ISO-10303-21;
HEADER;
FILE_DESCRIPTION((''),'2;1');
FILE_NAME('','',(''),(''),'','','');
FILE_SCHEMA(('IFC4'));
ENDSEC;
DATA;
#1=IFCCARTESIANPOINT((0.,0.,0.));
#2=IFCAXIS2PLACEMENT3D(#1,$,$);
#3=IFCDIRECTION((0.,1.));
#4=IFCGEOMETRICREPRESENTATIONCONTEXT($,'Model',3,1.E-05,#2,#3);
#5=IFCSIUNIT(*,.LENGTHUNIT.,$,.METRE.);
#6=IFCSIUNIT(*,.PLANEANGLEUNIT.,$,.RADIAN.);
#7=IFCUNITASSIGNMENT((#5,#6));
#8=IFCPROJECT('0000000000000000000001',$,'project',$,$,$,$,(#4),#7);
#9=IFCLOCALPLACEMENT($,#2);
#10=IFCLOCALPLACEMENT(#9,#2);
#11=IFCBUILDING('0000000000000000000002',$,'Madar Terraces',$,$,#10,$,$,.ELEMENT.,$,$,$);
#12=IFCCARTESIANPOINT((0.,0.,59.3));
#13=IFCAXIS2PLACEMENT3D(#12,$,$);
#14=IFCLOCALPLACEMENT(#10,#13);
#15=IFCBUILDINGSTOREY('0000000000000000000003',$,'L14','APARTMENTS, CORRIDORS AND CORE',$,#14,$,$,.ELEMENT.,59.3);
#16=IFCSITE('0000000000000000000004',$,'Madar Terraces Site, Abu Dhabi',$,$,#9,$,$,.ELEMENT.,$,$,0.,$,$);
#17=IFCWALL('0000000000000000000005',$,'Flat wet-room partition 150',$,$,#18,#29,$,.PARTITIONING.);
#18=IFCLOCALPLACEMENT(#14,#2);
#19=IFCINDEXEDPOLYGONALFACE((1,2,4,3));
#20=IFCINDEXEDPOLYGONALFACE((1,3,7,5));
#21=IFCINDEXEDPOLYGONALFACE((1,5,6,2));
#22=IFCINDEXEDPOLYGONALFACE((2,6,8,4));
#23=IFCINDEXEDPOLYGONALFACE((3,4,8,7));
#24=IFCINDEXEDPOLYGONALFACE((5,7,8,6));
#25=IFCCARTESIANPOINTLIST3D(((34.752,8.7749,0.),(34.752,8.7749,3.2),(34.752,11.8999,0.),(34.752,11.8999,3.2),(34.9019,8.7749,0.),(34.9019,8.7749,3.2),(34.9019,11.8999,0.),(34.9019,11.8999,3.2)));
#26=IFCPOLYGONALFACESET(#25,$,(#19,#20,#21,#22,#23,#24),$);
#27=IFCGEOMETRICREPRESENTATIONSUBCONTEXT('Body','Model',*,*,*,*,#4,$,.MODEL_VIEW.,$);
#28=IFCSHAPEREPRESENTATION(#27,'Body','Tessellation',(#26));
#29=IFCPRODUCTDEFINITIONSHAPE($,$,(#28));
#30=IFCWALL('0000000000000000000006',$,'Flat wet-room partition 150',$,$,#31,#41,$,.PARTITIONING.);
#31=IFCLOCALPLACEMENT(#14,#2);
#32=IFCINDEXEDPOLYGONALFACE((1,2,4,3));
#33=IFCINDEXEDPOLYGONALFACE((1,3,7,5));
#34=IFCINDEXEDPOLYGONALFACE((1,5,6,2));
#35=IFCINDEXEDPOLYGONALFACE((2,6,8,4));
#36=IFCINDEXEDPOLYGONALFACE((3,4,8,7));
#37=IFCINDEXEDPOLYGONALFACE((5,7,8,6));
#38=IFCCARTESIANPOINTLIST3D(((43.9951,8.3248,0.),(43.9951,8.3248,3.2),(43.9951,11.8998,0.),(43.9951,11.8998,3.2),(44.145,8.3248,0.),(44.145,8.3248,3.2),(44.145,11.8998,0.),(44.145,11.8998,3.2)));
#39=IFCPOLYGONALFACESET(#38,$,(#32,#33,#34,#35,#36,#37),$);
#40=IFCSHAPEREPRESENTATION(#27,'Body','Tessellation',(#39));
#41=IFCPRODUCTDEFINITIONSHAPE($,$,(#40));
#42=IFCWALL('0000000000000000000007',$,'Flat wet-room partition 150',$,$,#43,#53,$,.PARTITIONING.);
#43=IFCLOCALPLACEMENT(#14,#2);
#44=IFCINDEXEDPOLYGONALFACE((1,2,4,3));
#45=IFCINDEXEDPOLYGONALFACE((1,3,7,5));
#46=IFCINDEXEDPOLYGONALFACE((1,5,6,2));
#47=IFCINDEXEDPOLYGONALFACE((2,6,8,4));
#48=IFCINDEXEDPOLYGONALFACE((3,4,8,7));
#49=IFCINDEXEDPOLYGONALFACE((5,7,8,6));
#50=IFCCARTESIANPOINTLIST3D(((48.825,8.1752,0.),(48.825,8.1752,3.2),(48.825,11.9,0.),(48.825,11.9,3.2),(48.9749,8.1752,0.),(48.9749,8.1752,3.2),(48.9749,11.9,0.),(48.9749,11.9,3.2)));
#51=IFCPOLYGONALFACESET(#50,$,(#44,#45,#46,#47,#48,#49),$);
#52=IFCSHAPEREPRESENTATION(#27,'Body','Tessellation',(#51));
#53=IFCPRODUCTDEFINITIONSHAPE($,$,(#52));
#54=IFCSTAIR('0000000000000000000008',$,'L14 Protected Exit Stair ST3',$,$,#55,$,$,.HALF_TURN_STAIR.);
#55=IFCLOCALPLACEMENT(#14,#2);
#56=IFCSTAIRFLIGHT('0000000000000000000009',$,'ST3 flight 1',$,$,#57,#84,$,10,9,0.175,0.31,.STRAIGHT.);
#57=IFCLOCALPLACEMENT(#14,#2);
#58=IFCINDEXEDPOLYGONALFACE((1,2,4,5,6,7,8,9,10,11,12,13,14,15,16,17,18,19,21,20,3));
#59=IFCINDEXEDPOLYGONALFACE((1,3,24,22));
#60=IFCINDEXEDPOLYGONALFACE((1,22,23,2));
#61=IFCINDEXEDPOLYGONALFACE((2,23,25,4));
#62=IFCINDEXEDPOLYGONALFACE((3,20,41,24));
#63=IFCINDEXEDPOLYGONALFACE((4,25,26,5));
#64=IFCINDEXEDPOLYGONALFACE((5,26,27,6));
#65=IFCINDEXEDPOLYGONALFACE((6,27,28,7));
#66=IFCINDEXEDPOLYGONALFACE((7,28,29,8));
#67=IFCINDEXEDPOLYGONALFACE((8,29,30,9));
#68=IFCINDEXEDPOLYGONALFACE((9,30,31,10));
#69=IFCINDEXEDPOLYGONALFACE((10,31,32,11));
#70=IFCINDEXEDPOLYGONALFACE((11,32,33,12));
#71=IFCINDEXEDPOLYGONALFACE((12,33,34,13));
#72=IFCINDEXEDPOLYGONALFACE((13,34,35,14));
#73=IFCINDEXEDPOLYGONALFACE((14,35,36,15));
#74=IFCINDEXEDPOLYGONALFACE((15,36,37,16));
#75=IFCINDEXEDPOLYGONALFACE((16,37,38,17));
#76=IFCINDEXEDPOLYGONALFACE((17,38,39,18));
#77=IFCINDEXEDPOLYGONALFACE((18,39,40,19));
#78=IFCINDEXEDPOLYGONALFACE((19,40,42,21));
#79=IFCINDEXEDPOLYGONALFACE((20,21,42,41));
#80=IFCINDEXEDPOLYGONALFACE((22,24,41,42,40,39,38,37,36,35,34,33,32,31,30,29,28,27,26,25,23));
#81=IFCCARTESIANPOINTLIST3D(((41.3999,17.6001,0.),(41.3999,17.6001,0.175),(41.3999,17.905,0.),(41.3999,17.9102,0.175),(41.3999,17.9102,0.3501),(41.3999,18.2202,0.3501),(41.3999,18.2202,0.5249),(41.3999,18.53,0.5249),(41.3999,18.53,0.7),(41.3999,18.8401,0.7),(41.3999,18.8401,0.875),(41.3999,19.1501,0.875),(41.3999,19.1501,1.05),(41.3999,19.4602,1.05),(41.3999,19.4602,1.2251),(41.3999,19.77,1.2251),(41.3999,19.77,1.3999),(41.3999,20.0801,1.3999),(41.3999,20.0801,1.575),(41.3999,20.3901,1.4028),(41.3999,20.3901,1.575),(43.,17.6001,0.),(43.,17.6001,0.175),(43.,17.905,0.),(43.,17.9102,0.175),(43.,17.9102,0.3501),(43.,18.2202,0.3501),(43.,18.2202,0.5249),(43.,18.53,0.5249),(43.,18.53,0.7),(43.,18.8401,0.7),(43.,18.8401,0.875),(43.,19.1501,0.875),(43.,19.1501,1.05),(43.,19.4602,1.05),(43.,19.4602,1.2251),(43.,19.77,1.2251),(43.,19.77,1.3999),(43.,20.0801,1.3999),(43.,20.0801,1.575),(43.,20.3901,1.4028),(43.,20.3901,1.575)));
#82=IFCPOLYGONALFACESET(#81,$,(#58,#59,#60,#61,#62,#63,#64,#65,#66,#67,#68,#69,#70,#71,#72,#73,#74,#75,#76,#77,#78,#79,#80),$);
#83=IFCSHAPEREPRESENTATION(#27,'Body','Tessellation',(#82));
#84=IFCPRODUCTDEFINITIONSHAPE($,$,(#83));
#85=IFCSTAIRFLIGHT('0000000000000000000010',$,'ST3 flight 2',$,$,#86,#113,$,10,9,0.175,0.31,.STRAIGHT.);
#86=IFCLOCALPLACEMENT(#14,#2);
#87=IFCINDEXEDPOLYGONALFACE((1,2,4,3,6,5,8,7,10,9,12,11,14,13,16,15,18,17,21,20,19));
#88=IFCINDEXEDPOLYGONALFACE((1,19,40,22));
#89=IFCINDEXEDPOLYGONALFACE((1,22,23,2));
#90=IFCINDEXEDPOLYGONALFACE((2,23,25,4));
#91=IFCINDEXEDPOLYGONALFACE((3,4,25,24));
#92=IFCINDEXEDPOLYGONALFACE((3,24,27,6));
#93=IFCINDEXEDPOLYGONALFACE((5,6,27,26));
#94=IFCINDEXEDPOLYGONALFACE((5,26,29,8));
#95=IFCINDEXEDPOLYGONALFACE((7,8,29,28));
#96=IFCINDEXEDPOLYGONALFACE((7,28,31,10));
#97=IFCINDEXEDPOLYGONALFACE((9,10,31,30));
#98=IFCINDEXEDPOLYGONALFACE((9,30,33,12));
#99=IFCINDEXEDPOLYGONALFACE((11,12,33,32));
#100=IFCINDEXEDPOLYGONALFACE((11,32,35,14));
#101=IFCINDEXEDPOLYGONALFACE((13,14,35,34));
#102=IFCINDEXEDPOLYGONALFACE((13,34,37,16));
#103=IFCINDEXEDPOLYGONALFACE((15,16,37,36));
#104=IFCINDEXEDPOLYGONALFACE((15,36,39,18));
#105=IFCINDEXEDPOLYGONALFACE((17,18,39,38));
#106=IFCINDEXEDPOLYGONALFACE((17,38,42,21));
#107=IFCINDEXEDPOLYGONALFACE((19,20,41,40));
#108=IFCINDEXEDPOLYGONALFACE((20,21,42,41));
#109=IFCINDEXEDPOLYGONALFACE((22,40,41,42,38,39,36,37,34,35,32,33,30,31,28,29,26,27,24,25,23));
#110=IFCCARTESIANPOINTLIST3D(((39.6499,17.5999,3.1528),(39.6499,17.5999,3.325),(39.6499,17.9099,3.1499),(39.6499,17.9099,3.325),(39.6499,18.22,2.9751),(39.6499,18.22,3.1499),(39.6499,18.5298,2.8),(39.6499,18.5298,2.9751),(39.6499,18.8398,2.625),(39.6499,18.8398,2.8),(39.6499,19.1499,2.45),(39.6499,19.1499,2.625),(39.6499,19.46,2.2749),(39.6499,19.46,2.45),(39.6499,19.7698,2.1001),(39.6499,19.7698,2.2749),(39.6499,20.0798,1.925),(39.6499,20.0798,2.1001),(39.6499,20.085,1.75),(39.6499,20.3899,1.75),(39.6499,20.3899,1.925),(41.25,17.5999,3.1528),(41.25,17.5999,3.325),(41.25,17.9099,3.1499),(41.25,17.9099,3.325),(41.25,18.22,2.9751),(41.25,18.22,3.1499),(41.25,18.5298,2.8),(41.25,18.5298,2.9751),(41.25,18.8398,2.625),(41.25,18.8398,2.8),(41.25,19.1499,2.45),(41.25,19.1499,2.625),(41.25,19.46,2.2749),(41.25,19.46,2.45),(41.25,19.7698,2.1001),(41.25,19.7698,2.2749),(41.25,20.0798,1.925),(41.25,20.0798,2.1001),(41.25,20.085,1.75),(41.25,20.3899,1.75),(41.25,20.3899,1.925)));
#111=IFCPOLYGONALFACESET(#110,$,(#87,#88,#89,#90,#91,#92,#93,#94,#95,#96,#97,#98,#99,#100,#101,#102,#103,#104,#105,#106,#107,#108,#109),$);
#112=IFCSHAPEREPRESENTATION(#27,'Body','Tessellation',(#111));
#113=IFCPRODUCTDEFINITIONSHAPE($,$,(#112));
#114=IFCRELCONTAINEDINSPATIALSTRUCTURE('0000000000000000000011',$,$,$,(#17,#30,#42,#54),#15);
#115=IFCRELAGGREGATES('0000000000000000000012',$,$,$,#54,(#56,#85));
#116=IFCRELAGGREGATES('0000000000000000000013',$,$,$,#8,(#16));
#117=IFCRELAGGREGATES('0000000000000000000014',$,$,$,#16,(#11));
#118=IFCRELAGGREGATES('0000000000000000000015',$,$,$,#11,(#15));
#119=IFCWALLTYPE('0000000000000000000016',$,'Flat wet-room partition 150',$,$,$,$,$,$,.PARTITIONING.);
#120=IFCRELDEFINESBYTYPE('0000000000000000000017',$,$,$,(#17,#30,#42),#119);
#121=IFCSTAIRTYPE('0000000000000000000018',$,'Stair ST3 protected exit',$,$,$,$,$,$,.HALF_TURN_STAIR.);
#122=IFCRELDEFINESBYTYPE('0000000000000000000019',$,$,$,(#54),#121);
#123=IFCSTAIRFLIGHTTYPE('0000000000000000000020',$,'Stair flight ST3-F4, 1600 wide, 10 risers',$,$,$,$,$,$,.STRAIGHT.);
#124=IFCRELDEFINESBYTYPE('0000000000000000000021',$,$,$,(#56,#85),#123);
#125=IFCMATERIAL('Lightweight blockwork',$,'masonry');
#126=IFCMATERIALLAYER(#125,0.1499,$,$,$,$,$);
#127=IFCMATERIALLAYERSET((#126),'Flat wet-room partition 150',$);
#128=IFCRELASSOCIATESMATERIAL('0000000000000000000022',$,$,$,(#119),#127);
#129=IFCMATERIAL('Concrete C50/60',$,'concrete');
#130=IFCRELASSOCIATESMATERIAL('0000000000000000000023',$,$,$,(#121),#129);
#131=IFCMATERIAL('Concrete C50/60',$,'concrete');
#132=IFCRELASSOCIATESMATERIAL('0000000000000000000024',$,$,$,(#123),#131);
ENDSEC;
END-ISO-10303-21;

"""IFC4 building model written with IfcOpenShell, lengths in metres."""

from ifc_helpers import new_model, si_unit, direction, frame, frame_2d, origin, place, context, subcontext, project, spatial, polyline, rectangle, outline, extrude, material, layer, layer_set, type_object, element, aggregate, save


model = new_model("IFC4")

# Units and contexts
model_context = context("Model", 3, precision=1e-05, world=origin(), true_north=direction((0.0, 1.0)))
body_context = subcontext(model_context, "Body", "Model", "MODEL_VIEW")
ifc_project = project(units=[si_unit("LENGTHUNIT", "METRE"), si_unit("PLANEANGLEUNIT", "RADIAN")], contexts=[model_context])

# Site, building, storey
site_placement = place(None, origin())
site = spatial("IfcSite", under=ifc_project, at=site_placement, Name="Madar Terraces Site, Abu Dhabi", CompositionType="ELEMENT", RefElevation=0.0)
building_placement = place(site_placement, origin())
building = spatial("IfcBuilding", under=site, at=building_placement, Name="Madar Terraces", CompositionType="ELEMENT")
storey_placement = place(building_placement, frame((0.0, 0.0, 59.3)))
storey = spatial("IfcBuildingStorey", under=building, at=storey_placement, Name="L14", Description="APARTMENTS, CORRIDORS AND CORE", CompositionType="ELEMENT", Elevation=59.3)

# Walls
ifc_material_1 = material(Name="Lightweight blockwork", Category="masonry")
ifc_layer_1 = layer(ifc_material_1, 0.1499)
ifc_layer_set_1 = layer_set([ifc_layer_1], Name="Flat wet-room partition 150")
wall_type_1 = type_object("IfcWallType", Name="Flat wet-room partition 150", PredefinedType="PARTITIONING", material=ifc_layer_set_1)
wall_1_placement = place(storey_placement, frame((34.8269, 11.8999, 0.0), z_axis=(0.0, 0.0, 1.0), x_axis=(0.0, -1.0, 0.0)))
element("IfcWall", 1, at=wall_1_placement, inside=storey, type_object=wall_type_1, Name="Flat wet-room partition 150", PredefinedType="PARTITIONING", context=body_context, shape_type="SweptSolid", body=[
    extrude(rectangle(XDim=3.125, YDim=0.1499, at=frame_2d((1.5625, 0.0))), origin(), (0.0, 0.0, 1.0), 3.2),
])
wall_2_placement = place(storey_placement, frame((44.0701, 11.8999, 0.0), z_axis=(0.0, 0.0, 1.0), x_axis=(0.0, -1.0, 0.0)))
element("IfcWall", 2, at=wall_2_placement, inside=storey, type_object=wall_type_1, Name="Flat wet-room partition 150", PredefinedType="PARTITIONING", context=body_context, shape_type="SweptSolid", body=[
    extrude(rectangle(XDim=3.575, YDim=0.1499, at=frame_2d((1.7876, 0.0))), origin(), (0.0, 0.0, 1.0), 3.2),
])
wall_3_placement = place(storey_placement, frame((48.8999, 11.8999, 0.0), z_axis=(0.0, 0.0, 1.0), x_axis=(0.0, -1.0, 0.0)))
element("IfcWall", 3, at=wall_3_placement, inside=storey, type_object=wall_type_1, Name="Flat wet-room partition 150", PredefinedType="PARTITIONING", context=body_context, shape_type="SweptSolid", body=[
    extrude(rectangle(XDim=3.7249, YDim=0.1499, at=frame_2d((1.8623, 0.0))), origin(), (0.0, 0.0, 1.0), 3.2),
])

# Stair, stair flights
ifc_material_2 = material(Name="Concrete C50/60", Category="concrete")
stair_type = type_object("IfcStairType", Name="Stair ST3 protected exit", PredefinedType="HALF_TURN_STAIR", material=ifc_material_2)
stair_placement = place(storey_placement, origin())
stair = element("IfcStair", 4, at=stair_placement, inside=storey, type_object=stair_type, Name="L14 Protected Exit Stair ST3", PredefinedType="HALF_TURN_STAIR")
ifc_material_3 = material(Name="Concrete C50/60", Category="concrete")
stair_flight_type = type_object("IfcStairFlightType", Name="Stair flight ST3-F4, 1600 wide, 10 risers", PredefinedType="STRAIGHT", material=ifc_material_3)
stair_flight_1_placement = place(storey_placement, frame((42.2, 17.6001, 0.0), z_axis=(0.0, 0.0, 1.0), x_axis=(0.0, 1.0, 0.0)))
stair_flight_1 = element("IfcStairFlight", 5, at=stair_flight_1_placement, type_object=stair_flight_type, Name="ST3 flight 1", NumberOfRisers=10, NumberOfTreads=9, PredefinedType="STRAIGHT", RiserHeight=0.175, TreadLength=0.31, context=body_context, shape_type="SweptSolid", body=[
    extrude(outline(polyline([(0.0, 0.0), (0.0, 0.175), (0.3101, 0.175), (0.3101, 0.3501), (0.6201, 0.3501), (0.6201, 0.5249), (0.9299, 0.5249), (0.9299, 0.7), (1.24, 0.7), (1.24, 0.875), (1.55, 0.875), (1.55, 1.05), (1.8601, 1.05), (1.8601, 1.2251), (2.1699, 1.2251), (2.1699, 1.3999), (2.48, 1.3999), (2.48, 1.575), (2.79, 1.575), (2.79, 1.75), (2.79, 1.4028), (0.3049, 0.0), (0.0, 0.0)])), frame((0.0, 0.8, 0.0), z_axis=(0.0, -1.0, 0.0), x_axis=(1.0, 0.0, 0.0)), (0.0, 0.0, 1.0), 1.6001),
])
stair_flight_2_placement = place(storey_placement, frame((40.45, 20.3899, 1.75), z_axis=(0.0, 0.0, 1.0), x_axis=(0.0, -1.0, 0.0)))
stair_flight_2 = element("IfcStairFlight", 6, at=stair_flight_2_placement, type_object=stair_flight_type, Name="ST3 flight 2", NumberOfRisers=10, NumberOfTreads=9, PredefinedType="STRAIGHT", RiserHeight=0.175, TreadLength=0.31, context=body_context, shape_type="SweptSolid", body=[
    extrude(outline(polyline([(0.0, 0.0), (0.0, 0.175), (0.3101, 0.175), (0.3101, 0.3501), (0.6201, 0.3501), (0.6201, 0.5249), (0.9299, 0.5249), (0.9299, 0.7), (1.24, 0.7), (1.24, 0.875), (1.55, 0.875), (1.55, 1.05), (1.8601, 1.05), (1.8601, 1.2251), (2.1699, 1.2251), (2.1699, 1.3999), (2.48, 1.3999), (2.48, 1.575), (2.79, 1.575), (2.79, 1.75), (2.79, 1.4028), (0.3049, 0.0), (0.0, 0.0)])), frame((0.0, 0.8, 0.0), z_axis=(0.0, -1.0, 0.0), x_axis=(1.0, 0.0, 0.0)), (0.0, 0.0, 1.0), 1.6001),
])
aggregate(stair, [stair_flight_1, stair_flight_2])

save(model, "model.ifc")
